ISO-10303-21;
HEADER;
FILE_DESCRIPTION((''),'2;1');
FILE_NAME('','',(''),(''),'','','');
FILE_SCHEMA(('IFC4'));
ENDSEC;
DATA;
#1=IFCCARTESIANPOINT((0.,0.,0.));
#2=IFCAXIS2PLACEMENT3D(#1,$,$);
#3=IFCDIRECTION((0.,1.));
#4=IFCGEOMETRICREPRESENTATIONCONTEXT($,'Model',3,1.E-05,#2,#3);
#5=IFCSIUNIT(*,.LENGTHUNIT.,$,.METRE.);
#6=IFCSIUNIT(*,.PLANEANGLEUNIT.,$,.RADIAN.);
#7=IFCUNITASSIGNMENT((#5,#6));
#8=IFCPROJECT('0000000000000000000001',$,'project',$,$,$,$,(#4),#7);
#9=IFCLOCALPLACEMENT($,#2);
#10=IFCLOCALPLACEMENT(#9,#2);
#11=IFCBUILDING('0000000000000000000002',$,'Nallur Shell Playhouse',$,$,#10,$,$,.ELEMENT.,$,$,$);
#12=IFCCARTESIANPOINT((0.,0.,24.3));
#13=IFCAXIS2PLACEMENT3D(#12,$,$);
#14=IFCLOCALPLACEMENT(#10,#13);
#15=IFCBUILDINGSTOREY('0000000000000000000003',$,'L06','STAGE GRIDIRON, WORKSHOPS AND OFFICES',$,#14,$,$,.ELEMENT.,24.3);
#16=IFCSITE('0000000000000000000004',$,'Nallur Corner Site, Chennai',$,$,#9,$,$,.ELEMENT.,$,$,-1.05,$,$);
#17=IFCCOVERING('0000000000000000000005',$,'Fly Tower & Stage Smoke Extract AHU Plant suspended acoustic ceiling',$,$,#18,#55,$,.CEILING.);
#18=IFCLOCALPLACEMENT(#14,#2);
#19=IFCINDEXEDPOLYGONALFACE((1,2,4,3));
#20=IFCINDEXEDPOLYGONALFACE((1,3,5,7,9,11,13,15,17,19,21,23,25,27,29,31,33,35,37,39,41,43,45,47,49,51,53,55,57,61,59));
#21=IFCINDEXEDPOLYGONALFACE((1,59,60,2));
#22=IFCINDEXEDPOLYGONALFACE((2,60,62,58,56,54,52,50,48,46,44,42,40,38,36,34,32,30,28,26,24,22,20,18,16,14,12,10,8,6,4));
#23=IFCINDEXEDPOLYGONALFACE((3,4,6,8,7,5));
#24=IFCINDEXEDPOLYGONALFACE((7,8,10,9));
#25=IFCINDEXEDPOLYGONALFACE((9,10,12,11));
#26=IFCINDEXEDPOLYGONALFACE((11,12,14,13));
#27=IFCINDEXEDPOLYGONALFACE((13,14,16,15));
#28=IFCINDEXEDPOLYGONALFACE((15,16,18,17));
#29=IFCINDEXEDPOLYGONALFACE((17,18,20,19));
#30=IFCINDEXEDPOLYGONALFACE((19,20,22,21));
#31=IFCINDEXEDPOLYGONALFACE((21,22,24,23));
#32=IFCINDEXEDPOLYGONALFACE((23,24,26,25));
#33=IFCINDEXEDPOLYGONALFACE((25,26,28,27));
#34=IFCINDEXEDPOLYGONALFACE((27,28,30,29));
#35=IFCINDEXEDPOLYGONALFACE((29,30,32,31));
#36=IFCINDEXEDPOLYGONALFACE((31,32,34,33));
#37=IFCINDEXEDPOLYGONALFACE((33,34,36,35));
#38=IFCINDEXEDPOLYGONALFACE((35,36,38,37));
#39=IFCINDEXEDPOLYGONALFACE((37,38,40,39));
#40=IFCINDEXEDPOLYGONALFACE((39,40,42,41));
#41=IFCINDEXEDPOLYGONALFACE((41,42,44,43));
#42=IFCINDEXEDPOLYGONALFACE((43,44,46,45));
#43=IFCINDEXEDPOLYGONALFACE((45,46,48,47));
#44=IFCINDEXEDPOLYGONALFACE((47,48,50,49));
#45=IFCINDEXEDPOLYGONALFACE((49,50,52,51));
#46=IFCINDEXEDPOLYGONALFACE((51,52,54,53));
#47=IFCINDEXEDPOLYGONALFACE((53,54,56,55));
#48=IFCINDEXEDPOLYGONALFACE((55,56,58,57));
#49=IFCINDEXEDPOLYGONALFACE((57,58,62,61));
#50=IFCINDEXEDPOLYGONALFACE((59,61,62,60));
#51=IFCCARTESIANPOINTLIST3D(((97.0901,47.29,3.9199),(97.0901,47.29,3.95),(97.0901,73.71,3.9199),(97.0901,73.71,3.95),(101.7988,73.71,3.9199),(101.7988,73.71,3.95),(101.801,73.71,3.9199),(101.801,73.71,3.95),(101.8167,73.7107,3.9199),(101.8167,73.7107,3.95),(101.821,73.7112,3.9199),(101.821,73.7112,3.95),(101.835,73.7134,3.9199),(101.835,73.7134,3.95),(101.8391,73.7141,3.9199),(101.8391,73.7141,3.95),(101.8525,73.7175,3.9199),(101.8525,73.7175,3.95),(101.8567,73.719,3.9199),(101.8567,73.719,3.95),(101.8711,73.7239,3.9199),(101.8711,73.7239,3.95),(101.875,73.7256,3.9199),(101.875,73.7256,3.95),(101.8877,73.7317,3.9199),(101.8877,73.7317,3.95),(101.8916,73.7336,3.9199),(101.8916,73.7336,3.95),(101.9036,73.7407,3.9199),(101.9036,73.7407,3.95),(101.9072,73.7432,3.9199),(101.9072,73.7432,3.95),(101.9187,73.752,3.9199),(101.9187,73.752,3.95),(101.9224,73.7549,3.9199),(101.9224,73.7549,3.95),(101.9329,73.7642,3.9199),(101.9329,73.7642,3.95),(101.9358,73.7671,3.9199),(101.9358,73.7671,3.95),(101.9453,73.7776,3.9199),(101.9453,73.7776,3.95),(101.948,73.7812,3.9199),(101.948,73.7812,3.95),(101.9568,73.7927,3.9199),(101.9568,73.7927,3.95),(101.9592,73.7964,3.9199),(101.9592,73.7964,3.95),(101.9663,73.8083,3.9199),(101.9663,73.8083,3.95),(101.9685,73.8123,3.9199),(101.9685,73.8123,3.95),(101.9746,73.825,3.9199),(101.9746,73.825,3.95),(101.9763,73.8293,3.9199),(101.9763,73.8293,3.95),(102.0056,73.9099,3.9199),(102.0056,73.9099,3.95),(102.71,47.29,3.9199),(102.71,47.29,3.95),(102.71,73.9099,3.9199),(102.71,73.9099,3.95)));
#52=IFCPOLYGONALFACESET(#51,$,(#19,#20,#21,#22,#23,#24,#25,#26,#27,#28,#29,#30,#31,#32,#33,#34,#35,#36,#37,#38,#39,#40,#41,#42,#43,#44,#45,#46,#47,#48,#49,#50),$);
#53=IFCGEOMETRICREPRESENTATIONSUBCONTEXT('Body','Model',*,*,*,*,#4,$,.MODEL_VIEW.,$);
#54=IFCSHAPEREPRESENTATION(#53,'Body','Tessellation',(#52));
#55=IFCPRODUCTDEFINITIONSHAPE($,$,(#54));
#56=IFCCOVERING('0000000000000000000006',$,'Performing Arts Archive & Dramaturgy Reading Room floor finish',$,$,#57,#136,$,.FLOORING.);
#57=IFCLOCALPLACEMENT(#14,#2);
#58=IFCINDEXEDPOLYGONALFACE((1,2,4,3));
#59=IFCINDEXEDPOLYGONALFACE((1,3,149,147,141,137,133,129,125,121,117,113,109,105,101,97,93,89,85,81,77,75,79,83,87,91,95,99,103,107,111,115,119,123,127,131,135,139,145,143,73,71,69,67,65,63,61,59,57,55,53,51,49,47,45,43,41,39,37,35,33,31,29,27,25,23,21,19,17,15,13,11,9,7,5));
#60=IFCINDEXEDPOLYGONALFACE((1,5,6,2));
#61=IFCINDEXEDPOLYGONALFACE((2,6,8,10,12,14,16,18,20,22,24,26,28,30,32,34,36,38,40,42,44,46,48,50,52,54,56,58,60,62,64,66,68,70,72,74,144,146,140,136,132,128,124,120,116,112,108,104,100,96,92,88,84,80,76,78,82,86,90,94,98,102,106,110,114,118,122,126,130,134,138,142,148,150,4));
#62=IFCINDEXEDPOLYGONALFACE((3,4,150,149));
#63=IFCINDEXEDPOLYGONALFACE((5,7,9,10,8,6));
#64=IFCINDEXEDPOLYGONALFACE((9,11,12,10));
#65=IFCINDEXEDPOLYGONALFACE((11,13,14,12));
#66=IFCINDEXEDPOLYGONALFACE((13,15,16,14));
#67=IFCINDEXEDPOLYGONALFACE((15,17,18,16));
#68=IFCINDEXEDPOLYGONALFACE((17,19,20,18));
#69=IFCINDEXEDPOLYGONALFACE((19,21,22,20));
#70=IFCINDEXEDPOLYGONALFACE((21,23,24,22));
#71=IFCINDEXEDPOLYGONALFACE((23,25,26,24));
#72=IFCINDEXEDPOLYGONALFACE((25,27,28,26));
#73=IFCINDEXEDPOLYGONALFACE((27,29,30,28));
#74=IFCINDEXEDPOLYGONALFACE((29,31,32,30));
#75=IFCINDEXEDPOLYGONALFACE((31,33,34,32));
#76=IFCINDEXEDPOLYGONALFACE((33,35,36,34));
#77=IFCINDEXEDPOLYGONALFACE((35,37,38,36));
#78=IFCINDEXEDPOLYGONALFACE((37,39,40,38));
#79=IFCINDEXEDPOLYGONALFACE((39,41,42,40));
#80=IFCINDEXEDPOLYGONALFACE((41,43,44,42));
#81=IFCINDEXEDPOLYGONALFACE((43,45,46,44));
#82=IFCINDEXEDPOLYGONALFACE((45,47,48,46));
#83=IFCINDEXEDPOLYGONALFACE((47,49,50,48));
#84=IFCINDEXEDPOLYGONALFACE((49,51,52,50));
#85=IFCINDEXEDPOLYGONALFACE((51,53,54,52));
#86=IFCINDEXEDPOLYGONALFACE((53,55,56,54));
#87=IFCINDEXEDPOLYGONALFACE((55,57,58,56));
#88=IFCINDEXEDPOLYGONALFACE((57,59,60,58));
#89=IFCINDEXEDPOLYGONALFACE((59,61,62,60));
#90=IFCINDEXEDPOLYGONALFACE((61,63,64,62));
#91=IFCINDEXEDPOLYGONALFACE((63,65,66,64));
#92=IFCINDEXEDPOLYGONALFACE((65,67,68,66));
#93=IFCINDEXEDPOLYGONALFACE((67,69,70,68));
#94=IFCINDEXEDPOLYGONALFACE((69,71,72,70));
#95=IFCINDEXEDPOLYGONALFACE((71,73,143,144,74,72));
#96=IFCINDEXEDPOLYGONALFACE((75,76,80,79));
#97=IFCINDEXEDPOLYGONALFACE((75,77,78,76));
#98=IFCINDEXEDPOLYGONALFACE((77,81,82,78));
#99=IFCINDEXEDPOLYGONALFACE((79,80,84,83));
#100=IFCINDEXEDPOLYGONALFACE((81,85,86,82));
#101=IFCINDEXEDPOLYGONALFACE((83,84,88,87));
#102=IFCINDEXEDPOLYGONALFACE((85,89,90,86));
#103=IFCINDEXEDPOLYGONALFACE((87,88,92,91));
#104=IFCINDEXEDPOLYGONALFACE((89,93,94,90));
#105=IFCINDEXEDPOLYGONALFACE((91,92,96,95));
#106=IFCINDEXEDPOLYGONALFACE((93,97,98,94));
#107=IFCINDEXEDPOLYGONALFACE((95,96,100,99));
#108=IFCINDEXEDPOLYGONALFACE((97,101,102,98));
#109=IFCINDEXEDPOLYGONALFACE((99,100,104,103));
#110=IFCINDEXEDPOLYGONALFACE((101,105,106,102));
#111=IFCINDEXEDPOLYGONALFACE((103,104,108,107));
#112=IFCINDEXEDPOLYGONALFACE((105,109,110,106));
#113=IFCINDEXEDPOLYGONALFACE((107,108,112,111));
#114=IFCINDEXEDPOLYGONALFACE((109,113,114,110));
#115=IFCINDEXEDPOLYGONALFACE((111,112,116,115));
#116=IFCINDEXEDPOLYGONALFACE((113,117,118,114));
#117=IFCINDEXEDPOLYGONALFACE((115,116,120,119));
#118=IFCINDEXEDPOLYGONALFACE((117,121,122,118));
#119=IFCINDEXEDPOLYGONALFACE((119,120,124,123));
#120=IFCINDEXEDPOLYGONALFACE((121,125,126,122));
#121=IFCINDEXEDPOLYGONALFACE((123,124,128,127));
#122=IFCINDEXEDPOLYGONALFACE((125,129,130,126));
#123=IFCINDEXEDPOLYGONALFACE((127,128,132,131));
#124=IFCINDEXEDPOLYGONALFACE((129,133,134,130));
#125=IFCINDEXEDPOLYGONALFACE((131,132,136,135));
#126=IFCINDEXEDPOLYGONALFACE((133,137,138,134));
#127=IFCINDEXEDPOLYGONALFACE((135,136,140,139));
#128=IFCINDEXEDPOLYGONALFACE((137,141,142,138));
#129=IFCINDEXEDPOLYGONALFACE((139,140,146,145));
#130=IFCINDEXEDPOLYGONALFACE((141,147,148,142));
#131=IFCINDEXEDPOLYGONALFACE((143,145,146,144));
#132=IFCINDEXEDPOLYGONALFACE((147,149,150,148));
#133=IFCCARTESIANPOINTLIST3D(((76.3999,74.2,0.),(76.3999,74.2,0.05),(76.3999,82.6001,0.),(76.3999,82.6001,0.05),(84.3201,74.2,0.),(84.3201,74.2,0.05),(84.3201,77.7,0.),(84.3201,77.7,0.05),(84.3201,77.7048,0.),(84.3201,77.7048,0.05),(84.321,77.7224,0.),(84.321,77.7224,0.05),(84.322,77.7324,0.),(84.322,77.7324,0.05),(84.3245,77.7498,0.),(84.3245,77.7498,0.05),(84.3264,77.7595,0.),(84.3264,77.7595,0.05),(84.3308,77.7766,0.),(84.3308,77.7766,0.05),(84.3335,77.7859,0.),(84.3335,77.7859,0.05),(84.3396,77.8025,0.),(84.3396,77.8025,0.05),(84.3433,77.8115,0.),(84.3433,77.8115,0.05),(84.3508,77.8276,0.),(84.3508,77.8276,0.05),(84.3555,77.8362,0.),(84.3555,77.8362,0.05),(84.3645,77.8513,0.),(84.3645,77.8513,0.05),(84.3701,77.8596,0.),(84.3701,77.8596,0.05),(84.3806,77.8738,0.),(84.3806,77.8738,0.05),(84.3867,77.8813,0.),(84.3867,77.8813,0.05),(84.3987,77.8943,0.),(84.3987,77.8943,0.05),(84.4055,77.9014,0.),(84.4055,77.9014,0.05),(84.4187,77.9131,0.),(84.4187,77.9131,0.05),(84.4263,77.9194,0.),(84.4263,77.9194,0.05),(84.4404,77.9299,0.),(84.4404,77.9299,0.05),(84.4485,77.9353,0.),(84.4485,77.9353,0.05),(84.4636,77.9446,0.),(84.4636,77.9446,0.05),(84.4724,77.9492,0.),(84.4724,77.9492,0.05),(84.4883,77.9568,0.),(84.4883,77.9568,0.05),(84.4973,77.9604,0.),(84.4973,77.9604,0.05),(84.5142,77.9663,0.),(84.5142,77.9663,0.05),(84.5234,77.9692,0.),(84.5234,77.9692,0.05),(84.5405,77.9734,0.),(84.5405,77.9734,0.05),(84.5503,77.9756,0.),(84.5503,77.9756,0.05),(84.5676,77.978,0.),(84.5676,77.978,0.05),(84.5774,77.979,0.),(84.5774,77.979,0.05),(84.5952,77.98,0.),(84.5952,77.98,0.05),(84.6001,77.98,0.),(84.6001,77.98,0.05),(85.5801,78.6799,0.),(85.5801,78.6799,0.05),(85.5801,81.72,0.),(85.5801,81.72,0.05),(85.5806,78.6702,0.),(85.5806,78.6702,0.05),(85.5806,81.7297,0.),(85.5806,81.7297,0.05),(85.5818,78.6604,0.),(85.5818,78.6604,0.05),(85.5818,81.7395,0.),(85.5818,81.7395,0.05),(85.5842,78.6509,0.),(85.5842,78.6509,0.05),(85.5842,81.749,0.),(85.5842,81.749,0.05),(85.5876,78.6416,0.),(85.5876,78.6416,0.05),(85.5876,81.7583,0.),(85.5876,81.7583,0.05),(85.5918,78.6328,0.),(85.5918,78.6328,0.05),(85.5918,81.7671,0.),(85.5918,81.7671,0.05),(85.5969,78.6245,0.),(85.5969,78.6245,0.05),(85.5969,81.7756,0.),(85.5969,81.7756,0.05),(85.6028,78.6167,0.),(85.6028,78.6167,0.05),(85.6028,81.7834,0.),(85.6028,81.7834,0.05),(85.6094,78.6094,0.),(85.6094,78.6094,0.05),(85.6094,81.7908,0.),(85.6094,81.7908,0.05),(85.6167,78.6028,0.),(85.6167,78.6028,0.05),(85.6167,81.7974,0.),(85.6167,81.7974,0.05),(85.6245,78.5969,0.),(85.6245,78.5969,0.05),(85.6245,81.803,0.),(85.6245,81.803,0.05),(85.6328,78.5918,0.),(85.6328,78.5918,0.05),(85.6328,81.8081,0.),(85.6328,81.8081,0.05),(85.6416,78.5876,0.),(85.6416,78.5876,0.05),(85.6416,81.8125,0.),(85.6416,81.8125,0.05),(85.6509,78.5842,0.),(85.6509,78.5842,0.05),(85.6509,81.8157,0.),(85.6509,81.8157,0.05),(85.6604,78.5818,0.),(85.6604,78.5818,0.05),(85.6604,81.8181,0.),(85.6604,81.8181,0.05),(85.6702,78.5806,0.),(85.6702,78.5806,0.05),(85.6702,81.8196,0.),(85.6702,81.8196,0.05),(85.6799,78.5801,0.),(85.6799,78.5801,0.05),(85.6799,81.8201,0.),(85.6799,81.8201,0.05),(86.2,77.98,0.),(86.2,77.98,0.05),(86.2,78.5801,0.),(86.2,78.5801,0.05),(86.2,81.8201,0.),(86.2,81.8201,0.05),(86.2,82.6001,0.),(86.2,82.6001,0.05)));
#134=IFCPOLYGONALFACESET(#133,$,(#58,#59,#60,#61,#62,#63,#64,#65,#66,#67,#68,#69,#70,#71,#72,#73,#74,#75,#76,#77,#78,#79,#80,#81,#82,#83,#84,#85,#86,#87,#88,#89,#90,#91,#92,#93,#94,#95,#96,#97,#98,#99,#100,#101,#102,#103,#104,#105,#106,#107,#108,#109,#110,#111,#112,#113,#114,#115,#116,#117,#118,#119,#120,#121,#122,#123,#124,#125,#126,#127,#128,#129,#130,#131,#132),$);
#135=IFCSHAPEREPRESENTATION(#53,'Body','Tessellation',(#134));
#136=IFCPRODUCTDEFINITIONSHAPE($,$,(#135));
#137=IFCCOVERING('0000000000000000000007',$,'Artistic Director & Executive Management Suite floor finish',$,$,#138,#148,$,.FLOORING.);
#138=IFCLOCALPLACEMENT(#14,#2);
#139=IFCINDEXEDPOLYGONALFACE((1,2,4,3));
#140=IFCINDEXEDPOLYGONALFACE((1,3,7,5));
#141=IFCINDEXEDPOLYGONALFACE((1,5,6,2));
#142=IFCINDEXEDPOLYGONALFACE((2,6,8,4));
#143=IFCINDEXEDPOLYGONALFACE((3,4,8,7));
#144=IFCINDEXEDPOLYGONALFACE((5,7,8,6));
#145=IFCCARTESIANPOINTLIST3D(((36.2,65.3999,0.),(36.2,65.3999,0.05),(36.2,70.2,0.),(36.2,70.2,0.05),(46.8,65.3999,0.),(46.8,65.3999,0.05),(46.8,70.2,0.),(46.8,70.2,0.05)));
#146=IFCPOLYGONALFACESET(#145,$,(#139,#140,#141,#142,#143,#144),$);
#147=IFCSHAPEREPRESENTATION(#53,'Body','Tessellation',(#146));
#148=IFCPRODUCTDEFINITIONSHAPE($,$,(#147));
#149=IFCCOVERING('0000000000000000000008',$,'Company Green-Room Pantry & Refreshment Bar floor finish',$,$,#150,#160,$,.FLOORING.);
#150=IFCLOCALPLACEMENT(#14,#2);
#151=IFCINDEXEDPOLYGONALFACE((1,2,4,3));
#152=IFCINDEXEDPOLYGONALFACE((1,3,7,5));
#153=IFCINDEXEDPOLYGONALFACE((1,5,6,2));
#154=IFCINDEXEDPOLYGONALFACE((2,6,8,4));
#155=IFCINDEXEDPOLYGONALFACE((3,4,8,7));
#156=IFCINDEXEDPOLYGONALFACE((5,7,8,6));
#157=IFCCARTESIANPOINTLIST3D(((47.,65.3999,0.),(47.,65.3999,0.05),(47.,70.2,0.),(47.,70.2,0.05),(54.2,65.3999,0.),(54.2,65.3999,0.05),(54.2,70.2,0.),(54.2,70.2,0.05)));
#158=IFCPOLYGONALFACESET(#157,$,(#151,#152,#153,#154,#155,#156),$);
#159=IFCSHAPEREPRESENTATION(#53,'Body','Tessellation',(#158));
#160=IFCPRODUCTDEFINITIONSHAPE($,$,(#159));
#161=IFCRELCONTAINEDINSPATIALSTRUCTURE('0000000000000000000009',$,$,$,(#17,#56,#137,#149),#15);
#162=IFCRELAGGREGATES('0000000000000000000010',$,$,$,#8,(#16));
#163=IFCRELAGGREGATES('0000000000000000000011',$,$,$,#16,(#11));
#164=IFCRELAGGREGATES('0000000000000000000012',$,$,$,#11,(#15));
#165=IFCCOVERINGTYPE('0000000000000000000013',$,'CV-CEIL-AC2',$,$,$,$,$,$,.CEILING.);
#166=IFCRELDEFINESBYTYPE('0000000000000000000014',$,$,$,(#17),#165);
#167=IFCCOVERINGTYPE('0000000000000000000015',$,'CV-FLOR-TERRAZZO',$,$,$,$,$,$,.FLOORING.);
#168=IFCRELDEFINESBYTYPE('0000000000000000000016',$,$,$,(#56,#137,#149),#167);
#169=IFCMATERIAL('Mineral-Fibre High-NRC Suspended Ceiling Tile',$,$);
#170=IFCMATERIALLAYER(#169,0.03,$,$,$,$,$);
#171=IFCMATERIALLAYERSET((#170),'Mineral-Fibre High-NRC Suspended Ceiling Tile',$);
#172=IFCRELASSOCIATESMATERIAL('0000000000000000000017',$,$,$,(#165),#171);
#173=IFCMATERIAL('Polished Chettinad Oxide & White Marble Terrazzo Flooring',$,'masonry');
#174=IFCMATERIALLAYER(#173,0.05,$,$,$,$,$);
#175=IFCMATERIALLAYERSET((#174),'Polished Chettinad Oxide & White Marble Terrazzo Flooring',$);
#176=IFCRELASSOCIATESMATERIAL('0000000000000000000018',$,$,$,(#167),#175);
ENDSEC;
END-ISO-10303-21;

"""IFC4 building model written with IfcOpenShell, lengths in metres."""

from ifc_helpers import new_model, si_unit, direction, frame, origin, place, context, subcontext, project, spatial, polyline, outline, extrude, material, layer, layer_set, type_object, element, save


model = new_model("IFC4")

# Units and contexts
model_context = context("Model", 3, precision=1e-05, world=origin(), true_north=direction((0.0, 1.0)))
body_context = subcontext(model_context, "Body", "Model", "MODEL_VIEW")
ifc_project = project(units=[si_unit("LENGTHUNIT", "METRE"), si_unit("PLANEANGLEUNIT", "RADIAN")], contexts=[model_context])

# Site, building, storey
site_placement = place(None, origin())
site = spatial("IfcSite", under=ifc_project, at=site_placement, Name="Nallur Corner Site, Chennai", CompositionType="ELEMENT", RefElevation=-1.05)
building_placement = place(site_placement, origin())
building = spatial("IfcBuilding", under=site, at=building_placement, Name="Nallur Shell Playhouse", CompositionType="ELEMENT")
storey_placement = place(building_placement, frame((0.0, 0.0, 24.3)))
storey = spatial("IfcBuildingStorey", under=building, at=storey_placement, Name="L06", Description="STAGE GRIDIRON, WORKSHOPS AND OFFICES", CompositionType="ELEMENT", Elevation=24.3)

# Coverings
ifc_material_1 = material(Name="Mineral-Fibre High-NRC Suspended Ceiling Tile")
ifc_layer_1 = layer(ifc_material_1, 0.03)
ifc_layer_set_1 = layer_set([ifc_layer_1], Name="Mineral-Fibre High-NRC Suspended Ceiling Tile")
covering_type_1 = type_object("IfcCoveringType", Name="CV-CEIL-AC2", PredefinedType="CEILING", material=ifc_layer_set_1)
covering_1_placement = place(storey_placement, frame((0.0, 0.0, 3.9199)))
element("IfcCovering", 1, at=covering_1_placement, inside=storey, type_object=covering_type_1, Name="Fly Tower & Stage Smoke Extract AHU Plant suspended acoustic ceiling", PredefinedType="CEILING", context=body_context, shape_type="SweptSolid", body=[
    extrude(outline(polyline([(101.8167, 73.7107), (101.821, 73.7112), (101.835, 73.7134), (101.8391, 73.7141), (101.8525, 73.7175), (101.8567, 73.719), (101.8711, 73.7239), (101.875, 73.7256), (101.8877, 73.7317), (101.8916, 73.7336), (101.9036, 73.7407), (101.9072, 73.7432), (101.9187, 73.752), (101.9224, 73.7549), (101.9329, 73.7642), (101.9358, 73.7671), (101.9453, 73.7776), (101.948, 73.7812), (101.9568, 73.7927), (101.9592, 73.7964), (101.9663, 73.8083), (101.9685, 73.8123), (101.9746, 73.825), (101.9763, 73.8293), (102.0056, 73.9099), (102.71, 73.9099), (102.71, 47.29), (97.0901, 47.29), (97.0901, 73.71), (101.7988, 73.71), (101.801, 73.71), (101.8167, 73.7107)])), origin(), (0.0, 0.0, 1.0), 0.03),
])
ifc_material_2 = material(Name="Polished Chettinad Oxide & White Marble Terrazzo Flooring", Category="masonry")
ifc_layer_2 = layer(ifc_material_2, 0.05)
ifc_layer_set_2 = layer_set([ifc_layer_2], Name="Polished Chettinad Oxide & White Marble Terrazzo Flooring")
covering_type_2 = type_object("IfcCoveringType", Name="CV-FLOR-TERRAZZO", PredefinedType="FLOORING", material=ifc_layer_set_2)
covering_2_placement = place(storey_placement, origin())
element("IfcCovering", 2, at=covering_2_placement, inside=storey, type_object=covering_type_2, Name="Performing Arts Archive & Dramaturgy Reading Room floor finish", PredefinedType="FLOORING", context=body_context, shape_type="SweptSolid", body=[
    extrude(outline(polyline([(86.2, 81.8201), (85.6799, 81.8201), (85.6702, 81.8196), (85.6604, 81.8181), (85.6509, 81.8157), (85.6416, 81.8125), (85.6328, 81.8081), (85.6245, 81.803), (85.6167, 81.7974), (85.6094, 81.7908), (85.6028, 81.7834), (85.5969, 81.7756), (85.5918, 81.7671), (85.5876, 81.7583), (85.5842, 81.749), (85.5818, 81.7395), (85.5806, 81.7297), (85.5801, 81.72), (85.5801, 78.6799), (85.5806, 78.6702), (85.5818, 78.6604), (85.5842, 78.6509), (85.5876, 78.6416), (85.5918, 78.6328), (85.5969, 78.6245), (85.6028, 78.6167), (85.6094, 78.6094), (85.6167, 78.6028), (85.6245, 78.5969), (85.6328, 78.5918), (85.6416, 78.5876), (85.6509, 78.5842), (85.6604, 78.5818), (85.6702, 78.5806), (85.6799, 78.5801), (86.2, 78.5801), (86.2, 77.98), (84.6001, 77.98), (84.5952, 77.98), (84.5774, 77.979), (84.5676, 77.978), (84.5503, 77.9756), (84.5405, 77.9734), (84.5234, 77.9692), (84.5142, 77.9663), (84.4973, 77.9604), (84.4883, 77.9568), (84.4724, 77.9492), (84.4636, 77.9446), (84.4485, 77.9353), (84.4404, 77.9299), (84.4263, 77.9194), (84.4187, 77.9131), (84.4055, 77.9014), (84.3987, 77.8943), (84.3867, 77.8813), (84.3806, 77.8738), (84.3701, 77.8596), (84.3645, 77.8513), (84.3555, 77.8362), (84.3508, 77.8276), (84.3433, 77.8115), (84.3396, 77.8025), (84.3335, 77.7859), (84.3308, 77.7766), (84.3264, 77.7595), (84.3245, 77.7498), (84.322, 77.7324), (84.321, 77.7224), (84.3201, 77.7048), (84.3201, 77.7), (84.3201, 74.2), (76.3999, 74.2), (76.3999, 82.6001), (86.2, 82.6001), (86.2, 81.8201)])), origin(), (0.0, 0.0, 1.0), 0.05),
])
covering_3_placement = place(storey_placement, origin())
element("IfcCovering", 3, at=covering_3_placement, inside=storey, type_object=covering_type_2, Name="Artistic Director & Executive Management Suite floor finish", PredefinedType="FLOORING", context=body_context, shape_type="SweptSolid", body=[
    extrude(outline(polyline([(36.2, 65.3999), (36.2, 70.2), (46.8, 70.2), (46.8, 65.3999), (36.2, 65.3999)])), origin(), (0.0, 0.0, 1.0), 0.05),
])
covering_4_placement = place(storey_placement, origin())
element("IfcCovering", 4, at=covering_4_placement, inside=storey, type_object=covering_type_2, Name="Company Green-Room Pantry & Refreshment Bar floor finish", PredefinedType="FLOORING", context=body_context, shape_type="SweptSolid", body=[
    extrude(outline(polyline([(47.0, 65.3999), (47.0, 70.2), (54.2, 70.2), (54.2, 65.3999), (47.0, 65.3999)])), origin(), (0.0, 0.0, 1.0), 0.05),
])

save(model, "model.ifc")
